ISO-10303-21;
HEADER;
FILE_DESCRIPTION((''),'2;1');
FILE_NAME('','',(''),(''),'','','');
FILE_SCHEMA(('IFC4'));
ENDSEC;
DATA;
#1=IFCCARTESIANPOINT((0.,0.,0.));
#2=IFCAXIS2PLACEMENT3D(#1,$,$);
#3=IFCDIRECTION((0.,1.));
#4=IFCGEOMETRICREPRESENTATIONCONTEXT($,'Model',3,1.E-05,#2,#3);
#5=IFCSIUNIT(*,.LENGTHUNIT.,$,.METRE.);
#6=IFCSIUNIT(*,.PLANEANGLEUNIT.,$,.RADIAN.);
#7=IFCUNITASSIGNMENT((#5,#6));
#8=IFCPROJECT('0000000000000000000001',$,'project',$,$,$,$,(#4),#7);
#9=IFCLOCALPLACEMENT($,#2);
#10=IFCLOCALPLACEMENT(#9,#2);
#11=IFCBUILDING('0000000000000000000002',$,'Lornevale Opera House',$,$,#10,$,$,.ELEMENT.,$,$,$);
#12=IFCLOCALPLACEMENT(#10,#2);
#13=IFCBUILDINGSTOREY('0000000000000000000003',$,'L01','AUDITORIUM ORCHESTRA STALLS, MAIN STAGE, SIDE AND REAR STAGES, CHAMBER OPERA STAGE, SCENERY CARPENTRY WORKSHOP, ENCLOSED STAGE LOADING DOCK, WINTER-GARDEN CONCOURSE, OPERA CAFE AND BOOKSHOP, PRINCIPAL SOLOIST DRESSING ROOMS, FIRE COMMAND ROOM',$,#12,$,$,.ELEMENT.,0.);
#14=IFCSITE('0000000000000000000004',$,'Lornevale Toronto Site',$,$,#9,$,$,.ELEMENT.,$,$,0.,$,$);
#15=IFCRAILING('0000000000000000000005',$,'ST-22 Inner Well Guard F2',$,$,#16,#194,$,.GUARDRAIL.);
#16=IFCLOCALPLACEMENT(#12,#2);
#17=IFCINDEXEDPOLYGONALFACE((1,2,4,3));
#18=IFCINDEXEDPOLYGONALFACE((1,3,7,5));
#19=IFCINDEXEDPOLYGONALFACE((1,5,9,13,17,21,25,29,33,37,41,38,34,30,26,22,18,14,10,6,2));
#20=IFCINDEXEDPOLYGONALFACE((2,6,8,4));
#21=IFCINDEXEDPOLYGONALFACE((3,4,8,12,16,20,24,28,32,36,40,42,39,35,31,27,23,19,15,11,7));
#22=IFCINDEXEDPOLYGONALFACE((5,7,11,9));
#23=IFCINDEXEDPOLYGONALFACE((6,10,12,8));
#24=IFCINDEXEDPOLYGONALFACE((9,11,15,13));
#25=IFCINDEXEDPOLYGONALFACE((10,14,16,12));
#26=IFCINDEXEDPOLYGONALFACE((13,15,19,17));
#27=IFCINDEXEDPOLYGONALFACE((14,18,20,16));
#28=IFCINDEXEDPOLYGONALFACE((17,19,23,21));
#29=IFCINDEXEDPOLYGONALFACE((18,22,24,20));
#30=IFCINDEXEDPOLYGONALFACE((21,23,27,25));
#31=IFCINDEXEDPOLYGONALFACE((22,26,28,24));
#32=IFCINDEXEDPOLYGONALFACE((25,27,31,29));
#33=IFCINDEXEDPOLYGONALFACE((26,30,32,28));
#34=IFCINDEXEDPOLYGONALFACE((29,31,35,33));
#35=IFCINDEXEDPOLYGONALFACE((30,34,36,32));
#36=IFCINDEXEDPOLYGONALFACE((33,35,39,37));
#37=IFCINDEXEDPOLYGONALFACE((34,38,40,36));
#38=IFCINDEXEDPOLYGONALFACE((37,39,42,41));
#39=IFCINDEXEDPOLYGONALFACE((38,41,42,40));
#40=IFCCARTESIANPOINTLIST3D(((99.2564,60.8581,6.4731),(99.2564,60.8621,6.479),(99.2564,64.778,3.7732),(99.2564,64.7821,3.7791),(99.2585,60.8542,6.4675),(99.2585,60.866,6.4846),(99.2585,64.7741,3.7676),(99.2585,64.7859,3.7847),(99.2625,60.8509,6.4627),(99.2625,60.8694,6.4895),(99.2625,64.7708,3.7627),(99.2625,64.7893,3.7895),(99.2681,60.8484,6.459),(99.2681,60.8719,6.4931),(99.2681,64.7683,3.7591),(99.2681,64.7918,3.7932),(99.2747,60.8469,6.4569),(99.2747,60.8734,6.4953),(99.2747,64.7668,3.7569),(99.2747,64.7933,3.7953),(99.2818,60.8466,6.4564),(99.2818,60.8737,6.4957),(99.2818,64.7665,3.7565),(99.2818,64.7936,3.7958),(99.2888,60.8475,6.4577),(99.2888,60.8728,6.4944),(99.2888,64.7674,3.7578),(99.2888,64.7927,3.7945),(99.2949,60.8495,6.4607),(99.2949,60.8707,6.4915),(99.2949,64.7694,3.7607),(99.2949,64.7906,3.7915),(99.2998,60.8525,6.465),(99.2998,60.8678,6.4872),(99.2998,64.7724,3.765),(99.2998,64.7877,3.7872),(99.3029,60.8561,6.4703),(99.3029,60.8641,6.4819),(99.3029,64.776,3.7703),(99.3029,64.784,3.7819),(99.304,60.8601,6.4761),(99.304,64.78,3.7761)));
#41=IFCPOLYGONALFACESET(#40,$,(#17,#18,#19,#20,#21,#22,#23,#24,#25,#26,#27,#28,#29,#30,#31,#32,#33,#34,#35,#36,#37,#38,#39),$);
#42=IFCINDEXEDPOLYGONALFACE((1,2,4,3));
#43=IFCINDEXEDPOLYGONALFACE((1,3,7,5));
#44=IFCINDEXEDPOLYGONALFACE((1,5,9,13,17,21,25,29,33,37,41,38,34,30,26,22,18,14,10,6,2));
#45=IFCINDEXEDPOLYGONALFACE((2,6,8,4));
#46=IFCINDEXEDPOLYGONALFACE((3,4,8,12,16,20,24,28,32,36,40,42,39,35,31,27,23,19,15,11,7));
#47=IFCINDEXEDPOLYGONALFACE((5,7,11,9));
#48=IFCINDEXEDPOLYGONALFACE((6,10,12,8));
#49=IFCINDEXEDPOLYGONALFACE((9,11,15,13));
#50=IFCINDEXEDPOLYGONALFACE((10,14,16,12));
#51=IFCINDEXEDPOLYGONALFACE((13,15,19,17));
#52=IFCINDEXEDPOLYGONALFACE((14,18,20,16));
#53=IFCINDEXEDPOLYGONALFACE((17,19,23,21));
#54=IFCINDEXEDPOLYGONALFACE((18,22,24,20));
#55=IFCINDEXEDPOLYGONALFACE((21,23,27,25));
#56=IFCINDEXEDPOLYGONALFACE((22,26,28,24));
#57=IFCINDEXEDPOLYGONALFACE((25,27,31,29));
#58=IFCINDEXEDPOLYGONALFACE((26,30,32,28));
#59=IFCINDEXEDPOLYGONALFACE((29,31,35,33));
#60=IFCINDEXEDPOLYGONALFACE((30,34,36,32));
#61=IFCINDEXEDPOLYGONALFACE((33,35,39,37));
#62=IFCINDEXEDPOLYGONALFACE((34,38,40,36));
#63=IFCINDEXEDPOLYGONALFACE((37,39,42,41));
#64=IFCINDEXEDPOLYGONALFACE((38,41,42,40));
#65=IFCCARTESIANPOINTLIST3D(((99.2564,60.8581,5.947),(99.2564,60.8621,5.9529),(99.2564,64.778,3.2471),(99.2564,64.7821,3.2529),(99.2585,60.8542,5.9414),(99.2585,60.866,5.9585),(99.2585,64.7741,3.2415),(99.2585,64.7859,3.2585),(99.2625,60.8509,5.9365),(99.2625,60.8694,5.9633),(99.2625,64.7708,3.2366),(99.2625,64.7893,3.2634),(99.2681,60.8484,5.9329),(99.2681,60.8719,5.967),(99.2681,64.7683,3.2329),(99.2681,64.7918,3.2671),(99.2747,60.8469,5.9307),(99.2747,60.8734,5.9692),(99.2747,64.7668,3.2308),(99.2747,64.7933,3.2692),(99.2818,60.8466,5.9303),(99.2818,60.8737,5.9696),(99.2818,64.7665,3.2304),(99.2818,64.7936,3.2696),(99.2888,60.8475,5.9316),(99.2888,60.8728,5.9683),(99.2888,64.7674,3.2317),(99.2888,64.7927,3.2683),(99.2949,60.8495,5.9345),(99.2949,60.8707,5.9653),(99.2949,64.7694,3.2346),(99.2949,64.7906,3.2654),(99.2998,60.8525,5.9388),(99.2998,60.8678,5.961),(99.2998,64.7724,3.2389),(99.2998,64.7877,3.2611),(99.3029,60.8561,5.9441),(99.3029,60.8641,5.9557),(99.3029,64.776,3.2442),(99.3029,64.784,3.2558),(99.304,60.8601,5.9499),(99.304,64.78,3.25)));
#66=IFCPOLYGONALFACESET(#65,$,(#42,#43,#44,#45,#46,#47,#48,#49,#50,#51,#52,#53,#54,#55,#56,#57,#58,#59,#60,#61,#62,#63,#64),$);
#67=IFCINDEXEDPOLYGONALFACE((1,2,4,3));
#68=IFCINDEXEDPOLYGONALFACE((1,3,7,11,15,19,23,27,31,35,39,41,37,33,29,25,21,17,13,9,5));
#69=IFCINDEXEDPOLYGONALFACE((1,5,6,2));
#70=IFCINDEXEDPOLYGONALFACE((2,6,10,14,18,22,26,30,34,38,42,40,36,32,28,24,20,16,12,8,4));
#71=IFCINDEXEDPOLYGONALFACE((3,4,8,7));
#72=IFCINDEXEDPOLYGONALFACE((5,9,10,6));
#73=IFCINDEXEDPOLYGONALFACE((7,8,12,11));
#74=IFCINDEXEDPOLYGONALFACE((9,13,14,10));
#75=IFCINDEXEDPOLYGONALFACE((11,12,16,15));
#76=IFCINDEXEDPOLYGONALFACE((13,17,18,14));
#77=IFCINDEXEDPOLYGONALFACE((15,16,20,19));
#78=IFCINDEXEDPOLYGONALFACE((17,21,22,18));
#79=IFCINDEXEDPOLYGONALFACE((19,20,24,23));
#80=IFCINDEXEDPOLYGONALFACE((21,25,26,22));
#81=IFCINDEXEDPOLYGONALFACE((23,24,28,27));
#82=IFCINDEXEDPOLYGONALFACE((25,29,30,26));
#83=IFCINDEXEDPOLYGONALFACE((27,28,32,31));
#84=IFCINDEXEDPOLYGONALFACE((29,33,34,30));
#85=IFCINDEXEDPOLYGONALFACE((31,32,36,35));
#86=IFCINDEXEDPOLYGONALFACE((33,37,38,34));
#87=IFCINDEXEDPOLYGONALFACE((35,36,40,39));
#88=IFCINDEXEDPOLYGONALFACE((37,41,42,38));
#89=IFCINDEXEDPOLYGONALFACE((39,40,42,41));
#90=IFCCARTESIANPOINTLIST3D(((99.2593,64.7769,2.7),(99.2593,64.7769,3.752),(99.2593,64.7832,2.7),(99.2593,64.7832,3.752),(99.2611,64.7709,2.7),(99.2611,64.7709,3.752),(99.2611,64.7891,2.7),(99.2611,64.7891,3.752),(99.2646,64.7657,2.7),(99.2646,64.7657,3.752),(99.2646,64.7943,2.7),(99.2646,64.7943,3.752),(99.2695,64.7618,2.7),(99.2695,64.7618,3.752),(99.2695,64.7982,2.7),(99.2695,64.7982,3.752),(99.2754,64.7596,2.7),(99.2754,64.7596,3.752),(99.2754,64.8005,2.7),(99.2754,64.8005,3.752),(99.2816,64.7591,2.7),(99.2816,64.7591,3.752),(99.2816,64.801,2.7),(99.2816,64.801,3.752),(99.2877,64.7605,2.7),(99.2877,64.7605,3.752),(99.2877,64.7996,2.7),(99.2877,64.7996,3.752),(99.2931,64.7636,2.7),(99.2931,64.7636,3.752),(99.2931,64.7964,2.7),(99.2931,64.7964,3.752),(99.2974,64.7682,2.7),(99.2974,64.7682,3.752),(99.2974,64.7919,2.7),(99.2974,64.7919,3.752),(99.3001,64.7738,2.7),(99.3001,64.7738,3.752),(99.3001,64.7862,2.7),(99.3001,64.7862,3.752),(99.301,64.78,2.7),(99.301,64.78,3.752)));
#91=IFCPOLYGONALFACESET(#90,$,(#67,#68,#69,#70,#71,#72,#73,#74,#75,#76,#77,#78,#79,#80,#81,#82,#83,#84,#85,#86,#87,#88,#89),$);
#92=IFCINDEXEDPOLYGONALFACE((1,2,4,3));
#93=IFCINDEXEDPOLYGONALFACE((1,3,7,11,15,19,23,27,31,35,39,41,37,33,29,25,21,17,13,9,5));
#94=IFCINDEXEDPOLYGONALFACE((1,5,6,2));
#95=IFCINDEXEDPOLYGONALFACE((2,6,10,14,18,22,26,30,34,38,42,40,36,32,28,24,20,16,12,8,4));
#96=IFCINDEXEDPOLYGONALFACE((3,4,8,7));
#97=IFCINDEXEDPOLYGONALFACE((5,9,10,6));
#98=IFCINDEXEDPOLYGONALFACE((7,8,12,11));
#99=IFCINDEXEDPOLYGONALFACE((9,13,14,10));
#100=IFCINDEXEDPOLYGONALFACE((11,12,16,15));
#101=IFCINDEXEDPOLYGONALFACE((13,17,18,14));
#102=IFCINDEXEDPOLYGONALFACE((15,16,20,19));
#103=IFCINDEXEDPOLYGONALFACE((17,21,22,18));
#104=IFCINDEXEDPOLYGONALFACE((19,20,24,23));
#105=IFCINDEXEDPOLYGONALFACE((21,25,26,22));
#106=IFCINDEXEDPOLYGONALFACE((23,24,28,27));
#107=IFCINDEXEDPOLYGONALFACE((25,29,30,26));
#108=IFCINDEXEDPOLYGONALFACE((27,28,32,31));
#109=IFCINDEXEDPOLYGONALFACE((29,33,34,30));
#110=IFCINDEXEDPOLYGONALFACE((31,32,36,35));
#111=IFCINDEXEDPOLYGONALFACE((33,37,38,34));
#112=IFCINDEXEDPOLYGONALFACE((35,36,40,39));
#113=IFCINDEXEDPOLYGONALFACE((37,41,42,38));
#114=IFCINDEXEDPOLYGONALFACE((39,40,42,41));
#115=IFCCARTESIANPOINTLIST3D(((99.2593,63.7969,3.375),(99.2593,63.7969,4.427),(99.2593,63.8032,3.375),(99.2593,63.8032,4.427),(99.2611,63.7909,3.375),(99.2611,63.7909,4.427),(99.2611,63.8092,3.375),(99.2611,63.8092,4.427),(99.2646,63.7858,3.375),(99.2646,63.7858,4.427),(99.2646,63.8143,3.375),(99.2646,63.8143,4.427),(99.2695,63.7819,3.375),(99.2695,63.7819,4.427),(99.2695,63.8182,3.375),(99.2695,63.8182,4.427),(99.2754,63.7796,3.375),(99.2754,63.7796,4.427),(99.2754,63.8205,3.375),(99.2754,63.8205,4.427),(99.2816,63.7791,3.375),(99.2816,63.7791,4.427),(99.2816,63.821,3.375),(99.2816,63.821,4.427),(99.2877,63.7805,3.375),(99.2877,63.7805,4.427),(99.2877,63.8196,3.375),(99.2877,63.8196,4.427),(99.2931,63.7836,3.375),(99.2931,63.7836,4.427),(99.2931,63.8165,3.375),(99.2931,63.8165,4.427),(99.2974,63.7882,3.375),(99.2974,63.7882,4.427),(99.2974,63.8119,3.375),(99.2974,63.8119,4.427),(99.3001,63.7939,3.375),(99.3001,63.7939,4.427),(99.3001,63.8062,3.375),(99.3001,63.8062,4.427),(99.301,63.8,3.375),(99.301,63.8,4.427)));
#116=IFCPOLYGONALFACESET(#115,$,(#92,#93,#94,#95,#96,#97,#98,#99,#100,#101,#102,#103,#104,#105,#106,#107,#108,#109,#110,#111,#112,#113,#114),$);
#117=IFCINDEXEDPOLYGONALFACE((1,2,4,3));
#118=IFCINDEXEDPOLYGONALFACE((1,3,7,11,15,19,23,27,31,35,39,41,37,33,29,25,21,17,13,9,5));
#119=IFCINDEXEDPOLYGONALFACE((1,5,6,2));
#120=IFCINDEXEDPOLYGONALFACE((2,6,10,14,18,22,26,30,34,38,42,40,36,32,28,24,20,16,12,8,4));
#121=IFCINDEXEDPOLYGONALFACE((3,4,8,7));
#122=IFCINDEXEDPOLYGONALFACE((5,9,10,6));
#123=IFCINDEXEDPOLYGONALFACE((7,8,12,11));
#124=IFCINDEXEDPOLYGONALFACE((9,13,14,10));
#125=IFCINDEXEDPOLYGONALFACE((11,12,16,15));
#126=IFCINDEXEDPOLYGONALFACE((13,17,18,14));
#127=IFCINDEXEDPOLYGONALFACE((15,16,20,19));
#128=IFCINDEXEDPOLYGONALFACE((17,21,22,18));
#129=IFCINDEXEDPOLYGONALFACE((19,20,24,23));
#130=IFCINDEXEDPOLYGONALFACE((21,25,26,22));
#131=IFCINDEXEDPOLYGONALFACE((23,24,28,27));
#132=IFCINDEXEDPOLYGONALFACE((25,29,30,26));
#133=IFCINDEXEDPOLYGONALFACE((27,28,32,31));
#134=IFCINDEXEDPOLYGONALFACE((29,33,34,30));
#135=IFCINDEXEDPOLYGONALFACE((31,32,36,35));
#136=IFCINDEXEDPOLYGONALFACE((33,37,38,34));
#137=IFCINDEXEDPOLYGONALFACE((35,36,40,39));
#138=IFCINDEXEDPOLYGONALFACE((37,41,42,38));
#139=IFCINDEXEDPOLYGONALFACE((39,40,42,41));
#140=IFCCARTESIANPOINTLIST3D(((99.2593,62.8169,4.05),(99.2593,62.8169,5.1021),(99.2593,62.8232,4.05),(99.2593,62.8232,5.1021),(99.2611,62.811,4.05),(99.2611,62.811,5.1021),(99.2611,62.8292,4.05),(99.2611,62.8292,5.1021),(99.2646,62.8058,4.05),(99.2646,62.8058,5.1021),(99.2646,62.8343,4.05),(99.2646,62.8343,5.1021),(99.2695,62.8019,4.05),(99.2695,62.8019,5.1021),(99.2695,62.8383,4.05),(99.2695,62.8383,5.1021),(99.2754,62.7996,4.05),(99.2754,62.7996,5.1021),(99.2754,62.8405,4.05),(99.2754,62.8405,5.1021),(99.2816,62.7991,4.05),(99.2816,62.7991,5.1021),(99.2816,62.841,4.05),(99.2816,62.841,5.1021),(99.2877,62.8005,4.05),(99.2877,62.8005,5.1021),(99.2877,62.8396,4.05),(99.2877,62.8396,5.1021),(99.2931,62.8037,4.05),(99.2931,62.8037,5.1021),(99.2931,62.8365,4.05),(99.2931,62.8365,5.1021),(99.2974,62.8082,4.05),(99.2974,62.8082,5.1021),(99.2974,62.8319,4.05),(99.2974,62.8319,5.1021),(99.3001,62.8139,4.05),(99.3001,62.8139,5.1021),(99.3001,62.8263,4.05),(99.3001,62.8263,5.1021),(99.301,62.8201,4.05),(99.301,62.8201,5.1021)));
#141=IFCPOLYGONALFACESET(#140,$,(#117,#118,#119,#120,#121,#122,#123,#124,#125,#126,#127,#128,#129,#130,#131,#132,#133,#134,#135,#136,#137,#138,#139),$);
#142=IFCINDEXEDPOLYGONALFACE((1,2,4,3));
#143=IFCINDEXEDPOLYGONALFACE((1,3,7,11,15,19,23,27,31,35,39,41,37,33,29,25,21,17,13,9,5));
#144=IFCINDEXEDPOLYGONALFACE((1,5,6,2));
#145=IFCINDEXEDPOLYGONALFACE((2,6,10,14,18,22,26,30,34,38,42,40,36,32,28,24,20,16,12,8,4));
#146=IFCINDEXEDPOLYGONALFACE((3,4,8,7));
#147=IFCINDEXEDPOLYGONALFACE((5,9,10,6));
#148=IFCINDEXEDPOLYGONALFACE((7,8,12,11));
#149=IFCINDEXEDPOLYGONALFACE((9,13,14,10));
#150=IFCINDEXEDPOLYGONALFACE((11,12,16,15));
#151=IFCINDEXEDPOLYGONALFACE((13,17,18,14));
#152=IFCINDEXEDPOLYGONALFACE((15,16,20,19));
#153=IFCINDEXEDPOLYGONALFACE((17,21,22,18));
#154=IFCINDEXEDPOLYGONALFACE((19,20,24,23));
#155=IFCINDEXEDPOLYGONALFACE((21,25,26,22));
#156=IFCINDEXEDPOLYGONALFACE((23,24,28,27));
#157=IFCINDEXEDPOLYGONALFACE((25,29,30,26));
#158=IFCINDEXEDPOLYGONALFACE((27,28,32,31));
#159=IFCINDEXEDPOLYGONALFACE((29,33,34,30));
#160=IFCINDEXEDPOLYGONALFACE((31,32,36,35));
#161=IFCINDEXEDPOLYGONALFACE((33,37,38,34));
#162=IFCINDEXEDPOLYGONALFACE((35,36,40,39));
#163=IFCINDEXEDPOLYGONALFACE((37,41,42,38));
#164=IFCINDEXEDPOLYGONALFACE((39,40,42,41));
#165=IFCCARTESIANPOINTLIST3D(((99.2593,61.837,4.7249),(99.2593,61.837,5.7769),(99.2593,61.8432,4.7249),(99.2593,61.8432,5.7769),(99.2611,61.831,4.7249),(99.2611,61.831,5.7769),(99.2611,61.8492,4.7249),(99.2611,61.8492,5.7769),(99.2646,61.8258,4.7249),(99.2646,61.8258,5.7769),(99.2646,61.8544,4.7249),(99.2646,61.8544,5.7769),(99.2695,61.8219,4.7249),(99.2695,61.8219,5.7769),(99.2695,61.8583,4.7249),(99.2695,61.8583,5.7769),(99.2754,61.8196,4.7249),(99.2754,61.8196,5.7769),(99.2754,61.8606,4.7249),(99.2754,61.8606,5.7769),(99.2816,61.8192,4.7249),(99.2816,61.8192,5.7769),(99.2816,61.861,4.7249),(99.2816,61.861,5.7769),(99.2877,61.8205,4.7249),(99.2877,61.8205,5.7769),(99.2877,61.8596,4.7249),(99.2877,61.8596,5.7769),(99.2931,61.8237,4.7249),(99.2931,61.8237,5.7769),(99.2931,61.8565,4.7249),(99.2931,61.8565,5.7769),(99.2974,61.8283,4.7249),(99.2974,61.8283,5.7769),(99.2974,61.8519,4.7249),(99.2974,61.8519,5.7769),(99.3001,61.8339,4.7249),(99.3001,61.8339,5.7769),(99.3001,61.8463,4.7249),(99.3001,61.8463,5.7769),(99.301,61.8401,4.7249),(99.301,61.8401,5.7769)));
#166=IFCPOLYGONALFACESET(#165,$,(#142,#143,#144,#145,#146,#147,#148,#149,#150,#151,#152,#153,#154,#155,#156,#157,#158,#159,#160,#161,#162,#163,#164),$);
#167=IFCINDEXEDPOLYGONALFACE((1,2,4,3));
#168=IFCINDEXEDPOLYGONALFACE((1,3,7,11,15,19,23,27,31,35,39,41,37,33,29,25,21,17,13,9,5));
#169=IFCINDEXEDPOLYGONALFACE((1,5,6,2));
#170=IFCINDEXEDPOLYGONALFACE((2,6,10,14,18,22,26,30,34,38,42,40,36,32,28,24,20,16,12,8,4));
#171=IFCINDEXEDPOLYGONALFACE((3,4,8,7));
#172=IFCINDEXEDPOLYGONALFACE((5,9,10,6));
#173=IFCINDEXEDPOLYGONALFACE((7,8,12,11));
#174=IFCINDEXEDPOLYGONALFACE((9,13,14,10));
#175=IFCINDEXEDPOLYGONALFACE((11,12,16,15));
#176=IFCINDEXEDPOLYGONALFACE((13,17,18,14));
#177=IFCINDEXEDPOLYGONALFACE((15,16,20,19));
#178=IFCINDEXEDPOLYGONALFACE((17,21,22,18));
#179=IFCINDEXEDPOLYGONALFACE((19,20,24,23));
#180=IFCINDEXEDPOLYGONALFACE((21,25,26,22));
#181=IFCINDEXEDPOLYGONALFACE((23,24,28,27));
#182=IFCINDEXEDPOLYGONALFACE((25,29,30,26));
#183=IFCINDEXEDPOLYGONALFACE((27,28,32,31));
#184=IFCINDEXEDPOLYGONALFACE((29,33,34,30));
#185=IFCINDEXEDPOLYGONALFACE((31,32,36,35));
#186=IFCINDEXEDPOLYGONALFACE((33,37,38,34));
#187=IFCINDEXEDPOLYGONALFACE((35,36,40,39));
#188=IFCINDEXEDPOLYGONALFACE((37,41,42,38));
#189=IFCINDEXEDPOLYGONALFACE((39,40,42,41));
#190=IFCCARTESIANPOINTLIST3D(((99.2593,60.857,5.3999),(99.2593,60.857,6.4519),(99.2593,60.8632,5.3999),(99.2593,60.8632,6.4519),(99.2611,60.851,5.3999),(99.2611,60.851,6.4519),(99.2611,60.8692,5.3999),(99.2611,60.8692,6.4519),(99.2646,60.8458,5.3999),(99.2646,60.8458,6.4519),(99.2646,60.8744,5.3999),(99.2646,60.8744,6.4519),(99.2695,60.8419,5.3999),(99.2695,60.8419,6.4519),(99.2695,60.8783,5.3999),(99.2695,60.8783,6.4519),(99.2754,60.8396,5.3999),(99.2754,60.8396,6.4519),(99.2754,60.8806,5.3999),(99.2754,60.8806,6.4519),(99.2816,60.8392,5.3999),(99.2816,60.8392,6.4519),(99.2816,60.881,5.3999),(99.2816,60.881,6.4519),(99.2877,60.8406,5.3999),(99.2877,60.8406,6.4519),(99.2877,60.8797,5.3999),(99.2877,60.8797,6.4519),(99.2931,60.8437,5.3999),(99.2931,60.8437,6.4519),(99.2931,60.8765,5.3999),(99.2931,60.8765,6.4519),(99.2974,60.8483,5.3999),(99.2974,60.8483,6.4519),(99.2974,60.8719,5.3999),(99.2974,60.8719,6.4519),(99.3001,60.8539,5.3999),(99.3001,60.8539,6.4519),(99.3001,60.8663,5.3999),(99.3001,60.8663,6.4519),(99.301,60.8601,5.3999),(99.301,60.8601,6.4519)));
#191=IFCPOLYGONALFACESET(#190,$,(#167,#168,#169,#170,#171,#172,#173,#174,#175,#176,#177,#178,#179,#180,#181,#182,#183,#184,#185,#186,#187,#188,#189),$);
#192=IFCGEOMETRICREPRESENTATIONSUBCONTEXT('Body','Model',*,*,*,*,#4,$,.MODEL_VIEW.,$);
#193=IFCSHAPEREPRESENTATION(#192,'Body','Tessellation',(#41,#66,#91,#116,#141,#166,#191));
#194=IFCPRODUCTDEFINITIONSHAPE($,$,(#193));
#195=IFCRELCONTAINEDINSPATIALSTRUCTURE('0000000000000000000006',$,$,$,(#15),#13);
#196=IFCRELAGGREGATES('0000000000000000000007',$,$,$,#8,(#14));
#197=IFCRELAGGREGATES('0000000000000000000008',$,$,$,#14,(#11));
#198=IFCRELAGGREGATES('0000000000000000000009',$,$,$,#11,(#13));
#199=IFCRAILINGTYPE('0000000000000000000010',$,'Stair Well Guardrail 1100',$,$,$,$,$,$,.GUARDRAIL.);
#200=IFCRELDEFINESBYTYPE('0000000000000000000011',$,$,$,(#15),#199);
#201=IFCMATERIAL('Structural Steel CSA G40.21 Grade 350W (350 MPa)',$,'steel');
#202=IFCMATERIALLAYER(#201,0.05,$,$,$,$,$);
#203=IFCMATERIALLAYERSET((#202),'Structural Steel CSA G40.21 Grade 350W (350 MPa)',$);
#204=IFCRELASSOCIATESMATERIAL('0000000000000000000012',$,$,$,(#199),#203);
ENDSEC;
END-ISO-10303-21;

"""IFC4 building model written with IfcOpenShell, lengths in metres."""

from ifc_helpers import new_model, si_unit, direction, frame, origin, origin_2d, place, context, subcontext, project, spatial, circle, extrude, material, layer, layer_set, type_object, element, save


model = new_model("IFC4")

# Units and contexts
model_context = context("Model", 3, precision=1e-05, world=origin(), true_north=direction((0.0, 1.0)))
body_context = subcontext(model_context, "Body", "Model", "MODEL_VIEW")
ifc_project = project(units=[si_unit("LENGTHUNIT", "METRE"), si_unit("PLANEANGLEUNIT", "RADIAN")], contexts=[model_context])

# Site, building, storey
site_placement = place(None, origin())
site = spatial("IfcSite", under=ifc_project, at=site_placement, Name="Lornevale Toronto Site", CompositionType="ELEMENT", RefElevation=0.0)
building_placement = place(site_placement, origin())
building = spatial("IfcBuilding", under=site, at=building_placement, Name="Lornevale Opera House", CompositionType="ELEMENT")
storey_placement = place(building_placement, origin())
storey = spatial("IfcBuildingStorey", under=building, at=storey_placement, Name="L01", Description="AUDITORIUM ORCHESTRA STALLS, MAIN STAGE, SIDE AND REAR STAGES, CHAMBER OPERA STAGE, SCENERY CARPENTRY WORKSHOP, ENCLOSED STAGE LOADING DOCK, WINTER-GARDEN CONCOURSE, OPERA CAFE AND BOOKSHOP, PRINCIPAL SOLOIST DRESSING ROOMS, FIRE COMMAND ROOM", CompositionType="ELEMENT", Elevation=0.0)

# Railing
ifc_material_1 = material(Name="Structural Steel CSA G40.21 Grade 350W (350 MPa)", Category="steel")
ifc_layer_1 = layer(ifc_material_1, 0.05)
ifc_layer_set_1 = layer_set([ifc_layer_1], Name="Structural Steel CSA G40.21 Grade 350W (350 MPa)")
railing_type_1 = type_object("IfcRailingType", Name="Stair Well Guardrail 1100", PredefinedType="GUARDRAIL", material=ifc_layer_set_1)
railing_1_placement = place(storey_placement, frame((99.28, 64.78, 2.7)))
element("IfcRailing", 1, at=railing_1_placement, inside=storey, type_object=railing_type_1, Name="ST-22 Inner Well Guard F2", PredefinedType="GUARDRAIL", context=body_context, shape_type="SweptSolid", body=[
    extrude(circle(Radius=0.0239, at=origin_2d()), frame((0.0, 0.0, 1.0762), z_axis=(0.0, -0.823551, 0.567243), x_axis=(1.0, 0.0, 0.0)), (0.0, 0.0, 1.0), 4.7598),
    extrude(circle(Radius=0.0239, at=origin_2d()), frame((0.0, 0.0, 0.55), z_axis=(0.0, -0.823551, 0.567243), x_axis=(1.0, 0.0, 0.0)), (0.0, 0.0, 1.0), 4.7598),
    extrude(circle(Radius=0.021, at=origin_2d()), origin(), (0.0, 0.0, 1.0), 1.052),
    extrude(circle(Radius=0.021, at=origin_2d()), frame((0.0, -0.98, 0.675)), (0.0, 0.0, 1.0), 1.052),
    extrude(circle(Radius=0.021, at=origin_2d()), frame((0.0, -1.96, 1.3501)), (0.0, 0.0, 1.0), 1.052),
    extrude(circle(Radius=0.021, at=origin_2d()), frame((0.0, -2.9399, 2.0249)), (0.0, 0.0, 1.0), 1.052),
    extrude(circle(Radius=0.021, at=origin_2d()), frame((0.0, -3.9199, 2.7)), (0.0, 0.0, 1.0), 1.052),
])

save(model, "model.ifc")
